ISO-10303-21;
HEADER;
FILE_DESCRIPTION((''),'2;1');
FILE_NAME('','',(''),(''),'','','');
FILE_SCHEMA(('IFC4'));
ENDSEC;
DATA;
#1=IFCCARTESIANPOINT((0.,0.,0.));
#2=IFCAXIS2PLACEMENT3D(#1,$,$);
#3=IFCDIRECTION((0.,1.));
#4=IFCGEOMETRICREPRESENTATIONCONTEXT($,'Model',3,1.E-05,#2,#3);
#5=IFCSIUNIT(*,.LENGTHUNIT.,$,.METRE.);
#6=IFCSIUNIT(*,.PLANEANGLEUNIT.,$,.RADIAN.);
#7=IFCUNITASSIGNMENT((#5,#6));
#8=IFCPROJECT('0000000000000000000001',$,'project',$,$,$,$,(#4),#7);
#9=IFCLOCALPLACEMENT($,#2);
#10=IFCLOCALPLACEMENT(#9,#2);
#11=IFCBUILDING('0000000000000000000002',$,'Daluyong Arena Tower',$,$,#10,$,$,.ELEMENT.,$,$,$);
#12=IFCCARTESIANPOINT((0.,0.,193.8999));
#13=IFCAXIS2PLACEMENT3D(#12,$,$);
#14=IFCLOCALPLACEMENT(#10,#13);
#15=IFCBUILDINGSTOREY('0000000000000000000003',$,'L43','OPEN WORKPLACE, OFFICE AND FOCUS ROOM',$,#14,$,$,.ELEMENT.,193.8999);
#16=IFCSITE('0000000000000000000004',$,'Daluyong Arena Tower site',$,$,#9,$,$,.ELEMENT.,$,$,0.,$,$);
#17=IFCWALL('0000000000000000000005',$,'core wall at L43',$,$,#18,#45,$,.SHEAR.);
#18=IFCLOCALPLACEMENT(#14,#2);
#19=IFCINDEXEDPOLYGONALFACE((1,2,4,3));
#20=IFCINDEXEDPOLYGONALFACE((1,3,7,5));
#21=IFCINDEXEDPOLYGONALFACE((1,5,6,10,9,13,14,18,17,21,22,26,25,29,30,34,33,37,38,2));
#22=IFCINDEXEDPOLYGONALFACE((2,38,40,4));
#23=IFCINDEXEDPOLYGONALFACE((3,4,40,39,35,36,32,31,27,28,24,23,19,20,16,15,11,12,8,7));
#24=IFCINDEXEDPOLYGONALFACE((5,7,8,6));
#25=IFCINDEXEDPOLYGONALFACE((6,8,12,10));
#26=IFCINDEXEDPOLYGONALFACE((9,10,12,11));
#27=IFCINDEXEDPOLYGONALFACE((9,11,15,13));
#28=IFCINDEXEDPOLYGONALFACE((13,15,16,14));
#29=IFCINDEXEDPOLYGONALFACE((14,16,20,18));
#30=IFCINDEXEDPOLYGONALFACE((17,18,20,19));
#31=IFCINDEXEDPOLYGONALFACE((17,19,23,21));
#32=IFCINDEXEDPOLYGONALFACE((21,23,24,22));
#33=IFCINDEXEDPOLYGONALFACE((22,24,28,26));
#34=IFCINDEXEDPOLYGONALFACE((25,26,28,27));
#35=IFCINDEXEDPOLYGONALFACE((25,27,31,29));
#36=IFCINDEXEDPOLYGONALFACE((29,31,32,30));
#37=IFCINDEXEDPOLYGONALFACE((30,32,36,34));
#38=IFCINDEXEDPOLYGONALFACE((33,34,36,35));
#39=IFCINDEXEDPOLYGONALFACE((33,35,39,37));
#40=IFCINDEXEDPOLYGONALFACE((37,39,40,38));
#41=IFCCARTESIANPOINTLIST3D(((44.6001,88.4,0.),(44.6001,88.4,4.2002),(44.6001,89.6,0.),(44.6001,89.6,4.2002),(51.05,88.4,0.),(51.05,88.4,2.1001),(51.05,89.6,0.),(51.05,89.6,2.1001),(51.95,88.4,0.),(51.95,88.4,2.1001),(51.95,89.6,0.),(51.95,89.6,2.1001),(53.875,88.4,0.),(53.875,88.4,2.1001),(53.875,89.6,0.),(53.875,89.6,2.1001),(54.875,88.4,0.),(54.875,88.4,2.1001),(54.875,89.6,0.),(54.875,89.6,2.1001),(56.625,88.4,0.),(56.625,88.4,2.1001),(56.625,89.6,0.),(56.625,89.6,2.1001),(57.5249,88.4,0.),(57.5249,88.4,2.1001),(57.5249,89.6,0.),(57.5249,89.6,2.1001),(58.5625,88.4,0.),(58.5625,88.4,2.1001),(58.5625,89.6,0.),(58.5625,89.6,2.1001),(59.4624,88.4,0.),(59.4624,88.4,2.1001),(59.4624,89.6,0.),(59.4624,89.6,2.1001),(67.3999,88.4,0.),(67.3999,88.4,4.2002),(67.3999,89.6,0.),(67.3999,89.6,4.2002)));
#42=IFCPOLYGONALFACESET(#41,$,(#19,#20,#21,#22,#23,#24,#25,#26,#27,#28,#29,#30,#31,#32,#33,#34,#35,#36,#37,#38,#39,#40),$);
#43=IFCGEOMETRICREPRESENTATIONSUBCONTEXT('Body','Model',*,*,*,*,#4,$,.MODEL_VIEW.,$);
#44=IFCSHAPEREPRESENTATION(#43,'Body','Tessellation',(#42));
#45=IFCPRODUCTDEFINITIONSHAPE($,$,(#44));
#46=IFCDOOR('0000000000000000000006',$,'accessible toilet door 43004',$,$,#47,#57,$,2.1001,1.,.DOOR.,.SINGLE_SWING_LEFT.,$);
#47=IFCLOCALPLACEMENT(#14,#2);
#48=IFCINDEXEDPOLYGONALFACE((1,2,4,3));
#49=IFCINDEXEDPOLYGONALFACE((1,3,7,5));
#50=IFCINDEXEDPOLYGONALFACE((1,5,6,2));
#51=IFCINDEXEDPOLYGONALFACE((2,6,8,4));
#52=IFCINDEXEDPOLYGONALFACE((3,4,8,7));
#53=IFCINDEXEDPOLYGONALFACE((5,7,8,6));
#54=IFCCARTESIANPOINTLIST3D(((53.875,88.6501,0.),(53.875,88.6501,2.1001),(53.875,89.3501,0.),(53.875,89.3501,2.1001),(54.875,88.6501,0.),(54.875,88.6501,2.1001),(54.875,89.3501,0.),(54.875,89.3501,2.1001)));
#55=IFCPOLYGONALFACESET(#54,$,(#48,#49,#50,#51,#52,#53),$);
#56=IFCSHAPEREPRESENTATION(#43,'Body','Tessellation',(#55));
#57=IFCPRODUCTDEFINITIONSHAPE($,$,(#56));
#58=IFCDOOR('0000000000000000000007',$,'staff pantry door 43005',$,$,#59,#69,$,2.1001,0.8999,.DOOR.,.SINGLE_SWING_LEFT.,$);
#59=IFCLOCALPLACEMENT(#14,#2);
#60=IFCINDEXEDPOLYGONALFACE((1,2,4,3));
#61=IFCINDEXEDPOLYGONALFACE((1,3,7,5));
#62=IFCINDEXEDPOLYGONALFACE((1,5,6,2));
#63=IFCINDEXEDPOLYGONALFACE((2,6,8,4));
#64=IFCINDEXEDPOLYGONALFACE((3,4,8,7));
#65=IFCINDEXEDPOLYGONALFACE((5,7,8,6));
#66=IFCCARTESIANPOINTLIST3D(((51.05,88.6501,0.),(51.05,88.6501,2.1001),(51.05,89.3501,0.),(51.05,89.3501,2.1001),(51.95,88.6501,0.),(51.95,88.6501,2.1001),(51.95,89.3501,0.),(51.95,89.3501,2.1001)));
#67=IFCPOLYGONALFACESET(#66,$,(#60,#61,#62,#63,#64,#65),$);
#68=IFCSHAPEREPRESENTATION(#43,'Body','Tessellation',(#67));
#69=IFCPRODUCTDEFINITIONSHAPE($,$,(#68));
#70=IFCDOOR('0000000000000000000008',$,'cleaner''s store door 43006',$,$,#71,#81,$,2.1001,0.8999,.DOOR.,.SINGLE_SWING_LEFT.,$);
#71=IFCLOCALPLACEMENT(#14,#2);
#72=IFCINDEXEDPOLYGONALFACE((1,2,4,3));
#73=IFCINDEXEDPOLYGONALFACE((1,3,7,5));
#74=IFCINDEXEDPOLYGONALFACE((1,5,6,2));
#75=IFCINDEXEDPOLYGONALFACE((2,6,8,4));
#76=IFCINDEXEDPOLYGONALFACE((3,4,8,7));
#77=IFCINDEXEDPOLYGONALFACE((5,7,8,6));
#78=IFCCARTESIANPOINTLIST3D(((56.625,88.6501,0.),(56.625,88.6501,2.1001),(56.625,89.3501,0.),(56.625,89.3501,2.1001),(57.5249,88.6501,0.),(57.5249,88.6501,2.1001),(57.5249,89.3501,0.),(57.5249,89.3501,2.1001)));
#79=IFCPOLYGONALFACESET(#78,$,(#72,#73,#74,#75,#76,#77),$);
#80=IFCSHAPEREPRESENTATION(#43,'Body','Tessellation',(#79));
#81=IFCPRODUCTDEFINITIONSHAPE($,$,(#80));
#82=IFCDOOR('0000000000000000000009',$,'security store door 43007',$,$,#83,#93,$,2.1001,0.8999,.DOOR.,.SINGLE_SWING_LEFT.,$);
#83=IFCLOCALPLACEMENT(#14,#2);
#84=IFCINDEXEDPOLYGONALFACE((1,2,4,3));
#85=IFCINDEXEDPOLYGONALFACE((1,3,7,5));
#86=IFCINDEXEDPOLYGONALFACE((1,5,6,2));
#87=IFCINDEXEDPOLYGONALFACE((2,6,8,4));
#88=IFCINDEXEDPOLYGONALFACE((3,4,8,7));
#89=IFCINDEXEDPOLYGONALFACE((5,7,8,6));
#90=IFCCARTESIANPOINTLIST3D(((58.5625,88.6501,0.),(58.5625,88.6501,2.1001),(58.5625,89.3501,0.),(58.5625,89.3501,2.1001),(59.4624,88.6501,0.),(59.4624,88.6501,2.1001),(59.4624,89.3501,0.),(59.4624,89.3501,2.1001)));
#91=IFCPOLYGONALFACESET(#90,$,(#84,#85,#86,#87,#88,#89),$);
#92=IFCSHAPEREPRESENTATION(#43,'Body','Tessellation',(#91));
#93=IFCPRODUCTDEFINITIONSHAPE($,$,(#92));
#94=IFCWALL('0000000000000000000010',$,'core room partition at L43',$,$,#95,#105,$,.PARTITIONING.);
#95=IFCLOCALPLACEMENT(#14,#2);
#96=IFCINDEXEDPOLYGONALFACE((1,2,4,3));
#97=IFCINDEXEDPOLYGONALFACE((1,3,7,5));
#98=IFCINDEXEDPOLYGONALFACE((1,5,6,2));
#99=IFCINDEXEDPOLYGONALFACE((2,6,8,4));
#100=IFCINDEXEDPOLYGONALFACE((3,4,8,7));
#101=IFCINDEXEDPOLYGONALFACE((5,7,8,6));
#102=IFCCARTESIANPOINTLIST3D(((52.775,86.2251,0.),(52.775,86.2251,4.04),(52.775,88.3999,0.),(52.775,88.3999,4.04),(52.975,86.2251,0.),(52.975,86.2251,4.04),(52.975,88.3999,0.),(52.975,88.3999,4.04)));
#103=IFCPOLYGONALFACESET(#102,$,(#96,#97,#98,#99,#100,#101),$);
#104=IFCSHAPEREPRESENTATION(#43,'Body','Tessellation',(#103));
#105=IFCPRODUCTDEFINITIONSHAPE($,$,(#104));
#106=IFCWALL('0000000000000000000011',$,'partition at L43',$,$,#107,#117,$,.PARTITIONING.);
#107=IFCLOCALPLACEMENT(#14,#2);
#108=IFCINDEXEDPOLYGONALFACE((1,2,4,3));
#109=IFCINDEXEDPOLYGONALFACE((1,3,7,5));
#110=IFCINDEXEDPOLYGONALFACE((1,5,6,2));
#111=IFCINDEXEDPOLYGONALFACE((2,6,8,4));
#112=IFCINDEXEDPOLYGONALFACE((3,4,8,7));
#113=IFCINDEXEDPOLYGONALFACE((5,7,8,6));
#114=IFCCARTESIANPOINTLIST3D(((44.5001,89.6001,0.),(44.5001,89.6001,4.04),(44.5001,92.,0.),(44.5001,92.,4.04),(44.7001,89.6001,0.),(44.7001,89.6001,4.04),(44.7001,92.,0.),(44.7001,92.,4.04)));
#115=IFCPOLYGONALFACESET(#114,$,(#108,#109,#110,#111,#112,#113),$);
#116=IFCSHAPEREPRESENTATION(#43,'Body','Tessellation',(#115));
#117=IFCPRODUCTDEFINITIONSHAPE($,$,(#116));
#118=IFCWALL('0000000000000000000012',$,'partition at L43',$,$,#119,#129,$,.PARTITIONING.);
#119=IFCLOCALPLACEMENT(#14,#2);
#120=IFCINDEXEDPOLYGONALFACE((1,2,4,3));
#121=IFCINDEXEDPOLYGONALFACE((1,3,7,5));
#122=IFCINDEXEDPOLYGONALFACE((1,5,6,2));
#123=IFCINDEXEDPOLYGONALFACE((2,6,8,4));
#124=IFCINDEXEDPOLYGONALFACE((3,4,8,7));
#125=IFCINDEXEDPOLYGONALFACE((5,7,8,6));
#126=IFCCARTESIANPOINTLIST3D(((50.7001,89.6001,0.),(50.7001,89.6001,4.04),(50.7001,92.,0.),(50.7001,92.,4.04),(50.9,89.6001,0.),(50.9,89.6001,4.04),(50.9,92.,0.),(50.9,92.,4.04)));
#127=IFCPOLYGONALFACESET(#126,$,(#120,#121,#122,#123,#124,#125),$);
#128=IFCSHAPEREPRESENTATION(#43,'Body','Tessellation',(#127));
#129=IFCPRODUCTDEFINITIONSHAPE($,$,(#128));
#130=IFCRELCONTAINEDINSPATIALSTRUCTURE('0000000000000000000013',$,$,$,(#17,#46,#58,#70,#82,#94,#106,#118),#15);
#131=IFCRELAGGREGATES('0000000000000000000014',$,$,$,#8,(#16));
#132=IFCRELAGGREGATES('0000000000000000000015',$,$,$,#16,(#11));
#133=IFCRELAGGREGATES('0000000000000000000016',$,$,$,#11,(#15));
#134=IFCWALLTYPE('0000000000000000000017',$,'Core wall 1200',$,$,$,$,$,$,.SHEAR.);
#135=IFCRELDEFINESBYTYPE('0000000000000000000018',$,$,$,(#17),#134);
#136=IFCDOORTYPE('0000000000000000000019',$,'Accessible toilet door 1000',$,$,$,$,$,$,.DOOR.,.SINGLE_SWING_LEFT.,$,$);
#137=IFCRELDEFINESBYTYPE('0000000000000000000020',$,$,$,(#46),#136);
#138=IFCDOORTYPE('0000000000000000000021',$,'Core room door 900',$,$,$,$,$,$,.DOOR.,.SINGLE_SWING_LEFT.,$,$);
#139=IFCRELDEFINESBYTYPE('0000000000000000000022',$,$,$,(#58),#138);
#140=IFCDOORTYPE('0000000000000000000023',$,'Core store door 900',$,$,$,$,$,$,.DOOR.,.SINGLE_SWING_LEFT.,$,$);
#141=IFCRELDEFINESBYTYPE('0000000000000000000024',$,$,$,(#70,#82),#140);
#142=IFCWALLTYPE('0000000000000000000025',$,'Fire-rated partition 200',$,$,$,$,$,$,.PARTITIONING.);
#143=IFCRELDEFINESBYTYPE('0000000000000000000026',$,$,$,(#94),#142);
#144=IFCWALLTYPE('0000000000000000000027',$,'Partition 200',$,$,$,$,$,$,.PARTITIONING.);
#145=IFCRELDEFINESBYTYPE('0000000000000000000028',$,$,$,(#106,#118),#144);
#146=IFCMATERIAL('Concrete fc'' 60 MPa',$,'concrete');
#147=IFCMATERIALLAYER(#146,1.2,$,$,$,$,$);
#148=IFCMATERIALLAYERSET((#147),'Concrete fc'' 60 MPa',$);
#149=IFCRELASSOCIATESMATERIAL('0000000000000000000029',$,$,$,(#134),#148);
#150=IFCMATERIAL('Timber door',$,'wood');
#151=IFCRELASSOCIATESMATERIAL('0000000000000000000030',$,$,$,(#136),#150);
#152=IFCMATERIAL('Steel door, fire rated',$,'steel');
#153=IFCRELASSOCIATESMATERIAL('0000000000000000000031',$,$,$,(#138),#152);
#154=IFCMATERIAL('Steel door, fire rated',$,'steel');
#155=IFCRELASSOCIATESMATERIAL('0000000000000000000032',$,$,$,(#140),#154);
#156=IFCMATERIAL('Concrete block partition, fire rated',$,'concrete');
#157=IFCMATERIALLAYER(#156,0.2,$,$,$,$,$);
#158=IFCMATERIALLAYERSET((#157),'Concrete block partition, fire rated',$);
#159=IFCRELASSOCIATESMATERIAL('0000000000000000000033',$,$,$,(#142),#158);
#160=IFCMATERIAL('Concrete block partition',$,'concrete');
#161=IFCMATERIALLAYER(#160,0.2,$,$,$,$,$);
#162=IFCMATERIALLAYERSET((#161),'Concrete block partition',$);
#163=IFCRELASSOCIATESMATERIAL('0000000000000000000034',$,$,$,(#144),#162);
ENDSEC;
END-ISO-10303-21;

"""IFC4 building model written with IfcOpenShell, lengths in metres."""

from ifc_helpers import new_model, si_unit, direction, frame, frame_2d, origin, place, context, subcontext, project, spatial, rectangle, extrude, material, layer, layer_set, type_object, element, fill, save


model = new_model("IFC4")

# Units and contexts
model_context = context("Model", 3, precision=1e-05, world=origin(), true_north=direction((0.0, 1.0)))
body_context = subcontext(model_context, "Body", "Model", "MODEL_VIEW")
ifc_project = project(units=[si_unit("LENGTHUNIT", "METRE"), si_unit("PLANEANGLEUNIT", "RADIAN")], contexts=[model_context])

# Site, building, storey
site_placement = place(None, origin())
site = spatial("IfcSite", under=ifc_project, at=site_placement, Name="Daluyong Arena Tower site", CompositionType="ELEMENT", RefElevation=0.0)
building_placement = place(site_placement, origin())
building = spatial("IfcBuilding", under=site, at=building_placement, Name="Daluyong Arena Tower", CompositionType="ELEMENT")
storey_placement = place(building_placement, frame((0.0, 0.0, 193.8999)))
storey = spatial("IfcBuildingStorey", under=building, at=storey_placement, Name="L43", Description="OPEN WORKPLACE, OFFICE AND FOCUS ROOM", CompositionType="ELEMENT", Elevation=193.8999)

# Wall, openings, doors
ifc_material_1 = material(Name="Concrete fc' 60 MPa", Category="concrete")
ifc_layer_1 = layer(ifc_material_1, 1.2)
ifc_layer_set_1 = layer_set([ifc_layer_1], Name="Concrete fc' 60 MPa")
wall_type_1 = type_object("IfcWallType", Name="Core wall 1200", PredefinedType="SHEAR", material=ifc_layer_set_1)
wall_1_placement = place(storey_placement, frame((44.6001, 89.0, 0.0), z_axis=(0.0, 0.0, 1.0), x_axis=(1.0, 0.0, 0.0)))
wall_1 = element("IfcWall", 1, at=wall_1_placement, inside=storey, type_object=wall_type_1, Name="core wall at L43", PredefinedType="SHEAR", context=body_context, shape_type="SweptSolid", body=[
    extrude(rectangle(XDim=22.7998, YDim=1.2, at=frame_2d((11.3999, 0.0))), origin(), (0.0, 0.0, 1.0), 4.2002),
])
opening_1_placement = place(wall_1_placement, frame((9.2749, 0.0, 0.0)))
opening_1 = element("IfcOpeningElement", 2, at=opening_1_placement, cuts=wall_1, PredefinedType="OPENING", context=body_context, shape_type="SweptSolid", body=[
    extrude(rectangle(XDim=1.0, YDim=2.1001, at=frame_2d((0.5, 1.05))), frame((0.0, 0.6099, 0.0), z_axis=(0.0, -1.0, 0.0), x_axis=(1.0, 0.0, 0.0)), (0.0, 0.0, 1.0), 1.22),
])
opening_2_placement = place(wall_1_placement, frame((6.45, 0.0, 0.0)))
opening_2 = element("IfcOpeningElement", 3, at=opening_2_placement, cuts=wall_1, PredefinedType="OPENING", context=body_context, shape_type="SweptSolid", body=[
    extrude(rectangle(XDim=0.8999, YDim=2.1001, at=frame_2d((0.45, 1.05))), frame((0.0, 0.6099, 0.0), z_axis=(0.0, -1.0, 0.0), x_axis=(1.0, 0.0, 0.0)), (0.0, 0.0, 1.0), 1.22),
])
opening_3_placement = place(wall_1_placement, frame((12.0249, 0.0, 0.0)))
opening_3 = element("IfcOpeningElement", 4, at=opening_3_placement, cuts=wall_1, PredefinedType="OPENING", context=body_context, shape_type="SweptSolid", body=[
    extrude(rectangle(XDim=0.8999, YDim=2.1001, at=frame_2d((0.45, 1.05))), frame((0.0, 0.6099, 0.0), z_axis=(0.0, -1.0, 0.0), x_axis=(1.0, 0.0, 0.0)), (0.0, 0.0, 1.0), 1.22),
])
opening_4_placement = place(wall_1_placement, frame((13.9624, 0.0, 0.0)))
opening_4 = element("IfcOpeningElement", 5, at=opening_4_placement, cuts=wall_1, PredefinedType="OPENING", context=body_context, shape_type="SweptSolid", body=[
    extrude(rectangle(XDim=0.8999, YDim=2.1001, at=frame_2d((0.45, 1.05))), frame((0.0, 0.6099, 0.0), z_axis=(0.0, -1.0, 0.0), x_axis=(1.0, 0.0, 0.0)), (0.0, 0.0, 1.0), 1.22),
])
ifc_material_2 = material(Name="Timber door", Category="wood")
door_type_1 = type_object("IfcDoorType", Name="Accessible toilet door 1000", OperationType="SINGLE_SWING_LEFT", PredefinedType="DOOR", material=ifc_material_2)
door_1_placement = place(opening_1_placement, origin())
door_1 = element("IfcDoor", 6, at=door_1_placement, inside=storey, type_object=door_type_1, Name="accessible toilet door 43004", OperationType="SINGLE_SWING_LEFT", OverallHeight=2.1001, OverallWidth=1.0, PredefinedType="DOOR", context=body_context, shape_type="SweptSolid", body=[
    extrude(rectangle(XDim=1.0, YDim=2.1001, at=frame_2d((0.5, 1.05))), frame((0.0, 0.3501, 0.0), z_axis=(0.0, -1.0, 0.0), x_axis=(1.0, 0.0, 0.0)), (0.0, 0.0, 1.0), 0.7),
])
fill(opening_1, door_1)
ifc_material_3 = material(Name="Steel door, fire rated", Category="steel")
door_type_2 = type_object("IfcDoorType", Name="Core room door 900", OperationType="SINGLE_SWING_LEFT", PredefinedType="DOOR", material=ifc_material_3)
door_2_placement = place(opening_2_placement, origin())
door_2 = element("IfcDoor", 7, at=door_2_placement, inside=storey, type_object=door_type_2, Name="staff pantry door 43005", OperationType="SINGLE_SWING_LEFT", OverallHeight=2.1001, OverallWidth=0.8999, PredefinedType="DOOR", context=body_context, shape_type="SweptSolid", body=[
    extrude(rectangle(XDim=0.8999, YDim=2.1001, at=frame_2d((0.45, 1.05))), frame((0.0, 0.3501, 0.0), z_axis=(0.0, -1.0, 0.0), x_axis=(1.0, 0.0, 0.0)), (0.0, 0.0, 1.0), 0.7),
])
fill(opening_2, door_2)
ifc_material_4 = material(Name="Steel door, fire rated", Category="steel")
door_type_3 = type_object("IfcDoorType", Name="Core store door 900", OperationType="SINGLE_SWING_LEFT", PredefinedType="DOOR", material=ifc_material_4)
door_3_placement = place(opening_3_placement, origin())
door_3 = element("IfcDoor", 8, at=door_3_placement, inside=storey, type_object=door_type_3, Name="cleaner's store door 43006", OperationType="SINGLE_SWING_LEFT", OverallHeight=2.1001, OverallWidth=0.8999, PredefinedType="DOOR", context=body_context, shape_type="SweptSolid", body=[
    extrude(rectangle(XDim=0.8999, YDim=2.1001, at=frame_2d((0.45, 1.05))), frame((0.0, 0.3501, 0.0), z_axis=(0.0, -1.0, 0.0), x_axis=(1.0, 0.0, 0.0)), (0.0, 0.0, 1.0), 0.7),
])
fill(opening_3, door_3)
door_4_placement = place(opening_4_placement, origin())
door_4 = element("IfcDoor", 9, at=door_4_placement, inside=storey, type_object=door_type_3, Name="security store door 43007", OperationType="SINGLE_SWING_LEFT", OverallHeight=2.1001, OverallWidth=0.8999, PredefinedType="DOOR", context=body_context, shape_type="SweptSolid", body=[
    extrude(rectangle(XDim=0.8999, YDim=2.1001, at=frame_2d((0.45, 1.05))), frame((0.0, 0.3501, 0.0), z_axis=(0.0, -1.0, 0.0), x_axis=(1.0, 0.0, 0.0)), (0.0, 0.0, 1.0), 0.7),
])
fill(opening_4, door_4)

# Walls
ifc_material_5 = material(Name="Concrete block partition, fire rated", Category="concrete")
ifc_layer_2 = layer(ifc_material_5, 0.2)
ifc_layer_set_2 = layer_set([ifc_layer_2], Name="Concrete block partition, fire rated")
wall_type_2 = type_object("IfcWallType", Name="Fire-rated partition 200", PredefinedType="PARTITIONING", material=ifc_layer_set_2)
wall_2_placement = place(storey_placement, frame((52.875, 86.2251, 0.0), z_axis=(0.0, 0.0, 1.0), x_axis=(0.0, 1.0, 0.0)))
element("IfcWall", 10, at=wall_2_placement, inside=storey, type_object=wall_type_2, Name="core room partition at L43", PredefinedType="PARTITIONING", context=body_context, shape_type="SweptSolid", body=[
    extrude(rectangle(XDim=2.1748, YDim=0.2, at=frame_2d((1.0874, 0.0))), origin(), (0.0, 0.0, 1.0), 4.04),
])
ifc_material_6 = material(Name="Concrete block partition", Category="concrete")
ifc_layer_3 = layer(ifc_material_6, 0.2)
ifc_layer_set_3 = layer_set([ifc_layer_3], Name="Concrete block partition")
wall_type_3 = type_object("IfcWallType", Name="Partition 200", PredefinedType="PARTITIONING", material=ifc_layer_set_3)
for number, where, z_axis, x_axis, name in (
    (11, (44.6001, 89.6001, 0.0), (0.0, 0.0, 1.0), (0.0, 1.0, 0.0), "partition at L43"),
    (12, (50.8, 89.6001, 0.0), (0.0, 0.0, 1.0), (0.0, 1.0, 0.0), "partition at L43"),
):
    element("IfcWall", number, at=place(storey_placement, frame(where, z_axis=z_axis, x_axis=x_axis)), inside=storey, type_object=wall_type_3, Name=name, PredefinedType="PARTITIONING", context=body_context, shape_type="SweptSolid", body=[
        extrude(rectangle(XDim=2.3999, YDim=0.2, at=frame_2d((1.2, 0.0))), origin(), (0.0, 0.0, 1.0), 4.04),
    ])

save(model, "model.ifc")
